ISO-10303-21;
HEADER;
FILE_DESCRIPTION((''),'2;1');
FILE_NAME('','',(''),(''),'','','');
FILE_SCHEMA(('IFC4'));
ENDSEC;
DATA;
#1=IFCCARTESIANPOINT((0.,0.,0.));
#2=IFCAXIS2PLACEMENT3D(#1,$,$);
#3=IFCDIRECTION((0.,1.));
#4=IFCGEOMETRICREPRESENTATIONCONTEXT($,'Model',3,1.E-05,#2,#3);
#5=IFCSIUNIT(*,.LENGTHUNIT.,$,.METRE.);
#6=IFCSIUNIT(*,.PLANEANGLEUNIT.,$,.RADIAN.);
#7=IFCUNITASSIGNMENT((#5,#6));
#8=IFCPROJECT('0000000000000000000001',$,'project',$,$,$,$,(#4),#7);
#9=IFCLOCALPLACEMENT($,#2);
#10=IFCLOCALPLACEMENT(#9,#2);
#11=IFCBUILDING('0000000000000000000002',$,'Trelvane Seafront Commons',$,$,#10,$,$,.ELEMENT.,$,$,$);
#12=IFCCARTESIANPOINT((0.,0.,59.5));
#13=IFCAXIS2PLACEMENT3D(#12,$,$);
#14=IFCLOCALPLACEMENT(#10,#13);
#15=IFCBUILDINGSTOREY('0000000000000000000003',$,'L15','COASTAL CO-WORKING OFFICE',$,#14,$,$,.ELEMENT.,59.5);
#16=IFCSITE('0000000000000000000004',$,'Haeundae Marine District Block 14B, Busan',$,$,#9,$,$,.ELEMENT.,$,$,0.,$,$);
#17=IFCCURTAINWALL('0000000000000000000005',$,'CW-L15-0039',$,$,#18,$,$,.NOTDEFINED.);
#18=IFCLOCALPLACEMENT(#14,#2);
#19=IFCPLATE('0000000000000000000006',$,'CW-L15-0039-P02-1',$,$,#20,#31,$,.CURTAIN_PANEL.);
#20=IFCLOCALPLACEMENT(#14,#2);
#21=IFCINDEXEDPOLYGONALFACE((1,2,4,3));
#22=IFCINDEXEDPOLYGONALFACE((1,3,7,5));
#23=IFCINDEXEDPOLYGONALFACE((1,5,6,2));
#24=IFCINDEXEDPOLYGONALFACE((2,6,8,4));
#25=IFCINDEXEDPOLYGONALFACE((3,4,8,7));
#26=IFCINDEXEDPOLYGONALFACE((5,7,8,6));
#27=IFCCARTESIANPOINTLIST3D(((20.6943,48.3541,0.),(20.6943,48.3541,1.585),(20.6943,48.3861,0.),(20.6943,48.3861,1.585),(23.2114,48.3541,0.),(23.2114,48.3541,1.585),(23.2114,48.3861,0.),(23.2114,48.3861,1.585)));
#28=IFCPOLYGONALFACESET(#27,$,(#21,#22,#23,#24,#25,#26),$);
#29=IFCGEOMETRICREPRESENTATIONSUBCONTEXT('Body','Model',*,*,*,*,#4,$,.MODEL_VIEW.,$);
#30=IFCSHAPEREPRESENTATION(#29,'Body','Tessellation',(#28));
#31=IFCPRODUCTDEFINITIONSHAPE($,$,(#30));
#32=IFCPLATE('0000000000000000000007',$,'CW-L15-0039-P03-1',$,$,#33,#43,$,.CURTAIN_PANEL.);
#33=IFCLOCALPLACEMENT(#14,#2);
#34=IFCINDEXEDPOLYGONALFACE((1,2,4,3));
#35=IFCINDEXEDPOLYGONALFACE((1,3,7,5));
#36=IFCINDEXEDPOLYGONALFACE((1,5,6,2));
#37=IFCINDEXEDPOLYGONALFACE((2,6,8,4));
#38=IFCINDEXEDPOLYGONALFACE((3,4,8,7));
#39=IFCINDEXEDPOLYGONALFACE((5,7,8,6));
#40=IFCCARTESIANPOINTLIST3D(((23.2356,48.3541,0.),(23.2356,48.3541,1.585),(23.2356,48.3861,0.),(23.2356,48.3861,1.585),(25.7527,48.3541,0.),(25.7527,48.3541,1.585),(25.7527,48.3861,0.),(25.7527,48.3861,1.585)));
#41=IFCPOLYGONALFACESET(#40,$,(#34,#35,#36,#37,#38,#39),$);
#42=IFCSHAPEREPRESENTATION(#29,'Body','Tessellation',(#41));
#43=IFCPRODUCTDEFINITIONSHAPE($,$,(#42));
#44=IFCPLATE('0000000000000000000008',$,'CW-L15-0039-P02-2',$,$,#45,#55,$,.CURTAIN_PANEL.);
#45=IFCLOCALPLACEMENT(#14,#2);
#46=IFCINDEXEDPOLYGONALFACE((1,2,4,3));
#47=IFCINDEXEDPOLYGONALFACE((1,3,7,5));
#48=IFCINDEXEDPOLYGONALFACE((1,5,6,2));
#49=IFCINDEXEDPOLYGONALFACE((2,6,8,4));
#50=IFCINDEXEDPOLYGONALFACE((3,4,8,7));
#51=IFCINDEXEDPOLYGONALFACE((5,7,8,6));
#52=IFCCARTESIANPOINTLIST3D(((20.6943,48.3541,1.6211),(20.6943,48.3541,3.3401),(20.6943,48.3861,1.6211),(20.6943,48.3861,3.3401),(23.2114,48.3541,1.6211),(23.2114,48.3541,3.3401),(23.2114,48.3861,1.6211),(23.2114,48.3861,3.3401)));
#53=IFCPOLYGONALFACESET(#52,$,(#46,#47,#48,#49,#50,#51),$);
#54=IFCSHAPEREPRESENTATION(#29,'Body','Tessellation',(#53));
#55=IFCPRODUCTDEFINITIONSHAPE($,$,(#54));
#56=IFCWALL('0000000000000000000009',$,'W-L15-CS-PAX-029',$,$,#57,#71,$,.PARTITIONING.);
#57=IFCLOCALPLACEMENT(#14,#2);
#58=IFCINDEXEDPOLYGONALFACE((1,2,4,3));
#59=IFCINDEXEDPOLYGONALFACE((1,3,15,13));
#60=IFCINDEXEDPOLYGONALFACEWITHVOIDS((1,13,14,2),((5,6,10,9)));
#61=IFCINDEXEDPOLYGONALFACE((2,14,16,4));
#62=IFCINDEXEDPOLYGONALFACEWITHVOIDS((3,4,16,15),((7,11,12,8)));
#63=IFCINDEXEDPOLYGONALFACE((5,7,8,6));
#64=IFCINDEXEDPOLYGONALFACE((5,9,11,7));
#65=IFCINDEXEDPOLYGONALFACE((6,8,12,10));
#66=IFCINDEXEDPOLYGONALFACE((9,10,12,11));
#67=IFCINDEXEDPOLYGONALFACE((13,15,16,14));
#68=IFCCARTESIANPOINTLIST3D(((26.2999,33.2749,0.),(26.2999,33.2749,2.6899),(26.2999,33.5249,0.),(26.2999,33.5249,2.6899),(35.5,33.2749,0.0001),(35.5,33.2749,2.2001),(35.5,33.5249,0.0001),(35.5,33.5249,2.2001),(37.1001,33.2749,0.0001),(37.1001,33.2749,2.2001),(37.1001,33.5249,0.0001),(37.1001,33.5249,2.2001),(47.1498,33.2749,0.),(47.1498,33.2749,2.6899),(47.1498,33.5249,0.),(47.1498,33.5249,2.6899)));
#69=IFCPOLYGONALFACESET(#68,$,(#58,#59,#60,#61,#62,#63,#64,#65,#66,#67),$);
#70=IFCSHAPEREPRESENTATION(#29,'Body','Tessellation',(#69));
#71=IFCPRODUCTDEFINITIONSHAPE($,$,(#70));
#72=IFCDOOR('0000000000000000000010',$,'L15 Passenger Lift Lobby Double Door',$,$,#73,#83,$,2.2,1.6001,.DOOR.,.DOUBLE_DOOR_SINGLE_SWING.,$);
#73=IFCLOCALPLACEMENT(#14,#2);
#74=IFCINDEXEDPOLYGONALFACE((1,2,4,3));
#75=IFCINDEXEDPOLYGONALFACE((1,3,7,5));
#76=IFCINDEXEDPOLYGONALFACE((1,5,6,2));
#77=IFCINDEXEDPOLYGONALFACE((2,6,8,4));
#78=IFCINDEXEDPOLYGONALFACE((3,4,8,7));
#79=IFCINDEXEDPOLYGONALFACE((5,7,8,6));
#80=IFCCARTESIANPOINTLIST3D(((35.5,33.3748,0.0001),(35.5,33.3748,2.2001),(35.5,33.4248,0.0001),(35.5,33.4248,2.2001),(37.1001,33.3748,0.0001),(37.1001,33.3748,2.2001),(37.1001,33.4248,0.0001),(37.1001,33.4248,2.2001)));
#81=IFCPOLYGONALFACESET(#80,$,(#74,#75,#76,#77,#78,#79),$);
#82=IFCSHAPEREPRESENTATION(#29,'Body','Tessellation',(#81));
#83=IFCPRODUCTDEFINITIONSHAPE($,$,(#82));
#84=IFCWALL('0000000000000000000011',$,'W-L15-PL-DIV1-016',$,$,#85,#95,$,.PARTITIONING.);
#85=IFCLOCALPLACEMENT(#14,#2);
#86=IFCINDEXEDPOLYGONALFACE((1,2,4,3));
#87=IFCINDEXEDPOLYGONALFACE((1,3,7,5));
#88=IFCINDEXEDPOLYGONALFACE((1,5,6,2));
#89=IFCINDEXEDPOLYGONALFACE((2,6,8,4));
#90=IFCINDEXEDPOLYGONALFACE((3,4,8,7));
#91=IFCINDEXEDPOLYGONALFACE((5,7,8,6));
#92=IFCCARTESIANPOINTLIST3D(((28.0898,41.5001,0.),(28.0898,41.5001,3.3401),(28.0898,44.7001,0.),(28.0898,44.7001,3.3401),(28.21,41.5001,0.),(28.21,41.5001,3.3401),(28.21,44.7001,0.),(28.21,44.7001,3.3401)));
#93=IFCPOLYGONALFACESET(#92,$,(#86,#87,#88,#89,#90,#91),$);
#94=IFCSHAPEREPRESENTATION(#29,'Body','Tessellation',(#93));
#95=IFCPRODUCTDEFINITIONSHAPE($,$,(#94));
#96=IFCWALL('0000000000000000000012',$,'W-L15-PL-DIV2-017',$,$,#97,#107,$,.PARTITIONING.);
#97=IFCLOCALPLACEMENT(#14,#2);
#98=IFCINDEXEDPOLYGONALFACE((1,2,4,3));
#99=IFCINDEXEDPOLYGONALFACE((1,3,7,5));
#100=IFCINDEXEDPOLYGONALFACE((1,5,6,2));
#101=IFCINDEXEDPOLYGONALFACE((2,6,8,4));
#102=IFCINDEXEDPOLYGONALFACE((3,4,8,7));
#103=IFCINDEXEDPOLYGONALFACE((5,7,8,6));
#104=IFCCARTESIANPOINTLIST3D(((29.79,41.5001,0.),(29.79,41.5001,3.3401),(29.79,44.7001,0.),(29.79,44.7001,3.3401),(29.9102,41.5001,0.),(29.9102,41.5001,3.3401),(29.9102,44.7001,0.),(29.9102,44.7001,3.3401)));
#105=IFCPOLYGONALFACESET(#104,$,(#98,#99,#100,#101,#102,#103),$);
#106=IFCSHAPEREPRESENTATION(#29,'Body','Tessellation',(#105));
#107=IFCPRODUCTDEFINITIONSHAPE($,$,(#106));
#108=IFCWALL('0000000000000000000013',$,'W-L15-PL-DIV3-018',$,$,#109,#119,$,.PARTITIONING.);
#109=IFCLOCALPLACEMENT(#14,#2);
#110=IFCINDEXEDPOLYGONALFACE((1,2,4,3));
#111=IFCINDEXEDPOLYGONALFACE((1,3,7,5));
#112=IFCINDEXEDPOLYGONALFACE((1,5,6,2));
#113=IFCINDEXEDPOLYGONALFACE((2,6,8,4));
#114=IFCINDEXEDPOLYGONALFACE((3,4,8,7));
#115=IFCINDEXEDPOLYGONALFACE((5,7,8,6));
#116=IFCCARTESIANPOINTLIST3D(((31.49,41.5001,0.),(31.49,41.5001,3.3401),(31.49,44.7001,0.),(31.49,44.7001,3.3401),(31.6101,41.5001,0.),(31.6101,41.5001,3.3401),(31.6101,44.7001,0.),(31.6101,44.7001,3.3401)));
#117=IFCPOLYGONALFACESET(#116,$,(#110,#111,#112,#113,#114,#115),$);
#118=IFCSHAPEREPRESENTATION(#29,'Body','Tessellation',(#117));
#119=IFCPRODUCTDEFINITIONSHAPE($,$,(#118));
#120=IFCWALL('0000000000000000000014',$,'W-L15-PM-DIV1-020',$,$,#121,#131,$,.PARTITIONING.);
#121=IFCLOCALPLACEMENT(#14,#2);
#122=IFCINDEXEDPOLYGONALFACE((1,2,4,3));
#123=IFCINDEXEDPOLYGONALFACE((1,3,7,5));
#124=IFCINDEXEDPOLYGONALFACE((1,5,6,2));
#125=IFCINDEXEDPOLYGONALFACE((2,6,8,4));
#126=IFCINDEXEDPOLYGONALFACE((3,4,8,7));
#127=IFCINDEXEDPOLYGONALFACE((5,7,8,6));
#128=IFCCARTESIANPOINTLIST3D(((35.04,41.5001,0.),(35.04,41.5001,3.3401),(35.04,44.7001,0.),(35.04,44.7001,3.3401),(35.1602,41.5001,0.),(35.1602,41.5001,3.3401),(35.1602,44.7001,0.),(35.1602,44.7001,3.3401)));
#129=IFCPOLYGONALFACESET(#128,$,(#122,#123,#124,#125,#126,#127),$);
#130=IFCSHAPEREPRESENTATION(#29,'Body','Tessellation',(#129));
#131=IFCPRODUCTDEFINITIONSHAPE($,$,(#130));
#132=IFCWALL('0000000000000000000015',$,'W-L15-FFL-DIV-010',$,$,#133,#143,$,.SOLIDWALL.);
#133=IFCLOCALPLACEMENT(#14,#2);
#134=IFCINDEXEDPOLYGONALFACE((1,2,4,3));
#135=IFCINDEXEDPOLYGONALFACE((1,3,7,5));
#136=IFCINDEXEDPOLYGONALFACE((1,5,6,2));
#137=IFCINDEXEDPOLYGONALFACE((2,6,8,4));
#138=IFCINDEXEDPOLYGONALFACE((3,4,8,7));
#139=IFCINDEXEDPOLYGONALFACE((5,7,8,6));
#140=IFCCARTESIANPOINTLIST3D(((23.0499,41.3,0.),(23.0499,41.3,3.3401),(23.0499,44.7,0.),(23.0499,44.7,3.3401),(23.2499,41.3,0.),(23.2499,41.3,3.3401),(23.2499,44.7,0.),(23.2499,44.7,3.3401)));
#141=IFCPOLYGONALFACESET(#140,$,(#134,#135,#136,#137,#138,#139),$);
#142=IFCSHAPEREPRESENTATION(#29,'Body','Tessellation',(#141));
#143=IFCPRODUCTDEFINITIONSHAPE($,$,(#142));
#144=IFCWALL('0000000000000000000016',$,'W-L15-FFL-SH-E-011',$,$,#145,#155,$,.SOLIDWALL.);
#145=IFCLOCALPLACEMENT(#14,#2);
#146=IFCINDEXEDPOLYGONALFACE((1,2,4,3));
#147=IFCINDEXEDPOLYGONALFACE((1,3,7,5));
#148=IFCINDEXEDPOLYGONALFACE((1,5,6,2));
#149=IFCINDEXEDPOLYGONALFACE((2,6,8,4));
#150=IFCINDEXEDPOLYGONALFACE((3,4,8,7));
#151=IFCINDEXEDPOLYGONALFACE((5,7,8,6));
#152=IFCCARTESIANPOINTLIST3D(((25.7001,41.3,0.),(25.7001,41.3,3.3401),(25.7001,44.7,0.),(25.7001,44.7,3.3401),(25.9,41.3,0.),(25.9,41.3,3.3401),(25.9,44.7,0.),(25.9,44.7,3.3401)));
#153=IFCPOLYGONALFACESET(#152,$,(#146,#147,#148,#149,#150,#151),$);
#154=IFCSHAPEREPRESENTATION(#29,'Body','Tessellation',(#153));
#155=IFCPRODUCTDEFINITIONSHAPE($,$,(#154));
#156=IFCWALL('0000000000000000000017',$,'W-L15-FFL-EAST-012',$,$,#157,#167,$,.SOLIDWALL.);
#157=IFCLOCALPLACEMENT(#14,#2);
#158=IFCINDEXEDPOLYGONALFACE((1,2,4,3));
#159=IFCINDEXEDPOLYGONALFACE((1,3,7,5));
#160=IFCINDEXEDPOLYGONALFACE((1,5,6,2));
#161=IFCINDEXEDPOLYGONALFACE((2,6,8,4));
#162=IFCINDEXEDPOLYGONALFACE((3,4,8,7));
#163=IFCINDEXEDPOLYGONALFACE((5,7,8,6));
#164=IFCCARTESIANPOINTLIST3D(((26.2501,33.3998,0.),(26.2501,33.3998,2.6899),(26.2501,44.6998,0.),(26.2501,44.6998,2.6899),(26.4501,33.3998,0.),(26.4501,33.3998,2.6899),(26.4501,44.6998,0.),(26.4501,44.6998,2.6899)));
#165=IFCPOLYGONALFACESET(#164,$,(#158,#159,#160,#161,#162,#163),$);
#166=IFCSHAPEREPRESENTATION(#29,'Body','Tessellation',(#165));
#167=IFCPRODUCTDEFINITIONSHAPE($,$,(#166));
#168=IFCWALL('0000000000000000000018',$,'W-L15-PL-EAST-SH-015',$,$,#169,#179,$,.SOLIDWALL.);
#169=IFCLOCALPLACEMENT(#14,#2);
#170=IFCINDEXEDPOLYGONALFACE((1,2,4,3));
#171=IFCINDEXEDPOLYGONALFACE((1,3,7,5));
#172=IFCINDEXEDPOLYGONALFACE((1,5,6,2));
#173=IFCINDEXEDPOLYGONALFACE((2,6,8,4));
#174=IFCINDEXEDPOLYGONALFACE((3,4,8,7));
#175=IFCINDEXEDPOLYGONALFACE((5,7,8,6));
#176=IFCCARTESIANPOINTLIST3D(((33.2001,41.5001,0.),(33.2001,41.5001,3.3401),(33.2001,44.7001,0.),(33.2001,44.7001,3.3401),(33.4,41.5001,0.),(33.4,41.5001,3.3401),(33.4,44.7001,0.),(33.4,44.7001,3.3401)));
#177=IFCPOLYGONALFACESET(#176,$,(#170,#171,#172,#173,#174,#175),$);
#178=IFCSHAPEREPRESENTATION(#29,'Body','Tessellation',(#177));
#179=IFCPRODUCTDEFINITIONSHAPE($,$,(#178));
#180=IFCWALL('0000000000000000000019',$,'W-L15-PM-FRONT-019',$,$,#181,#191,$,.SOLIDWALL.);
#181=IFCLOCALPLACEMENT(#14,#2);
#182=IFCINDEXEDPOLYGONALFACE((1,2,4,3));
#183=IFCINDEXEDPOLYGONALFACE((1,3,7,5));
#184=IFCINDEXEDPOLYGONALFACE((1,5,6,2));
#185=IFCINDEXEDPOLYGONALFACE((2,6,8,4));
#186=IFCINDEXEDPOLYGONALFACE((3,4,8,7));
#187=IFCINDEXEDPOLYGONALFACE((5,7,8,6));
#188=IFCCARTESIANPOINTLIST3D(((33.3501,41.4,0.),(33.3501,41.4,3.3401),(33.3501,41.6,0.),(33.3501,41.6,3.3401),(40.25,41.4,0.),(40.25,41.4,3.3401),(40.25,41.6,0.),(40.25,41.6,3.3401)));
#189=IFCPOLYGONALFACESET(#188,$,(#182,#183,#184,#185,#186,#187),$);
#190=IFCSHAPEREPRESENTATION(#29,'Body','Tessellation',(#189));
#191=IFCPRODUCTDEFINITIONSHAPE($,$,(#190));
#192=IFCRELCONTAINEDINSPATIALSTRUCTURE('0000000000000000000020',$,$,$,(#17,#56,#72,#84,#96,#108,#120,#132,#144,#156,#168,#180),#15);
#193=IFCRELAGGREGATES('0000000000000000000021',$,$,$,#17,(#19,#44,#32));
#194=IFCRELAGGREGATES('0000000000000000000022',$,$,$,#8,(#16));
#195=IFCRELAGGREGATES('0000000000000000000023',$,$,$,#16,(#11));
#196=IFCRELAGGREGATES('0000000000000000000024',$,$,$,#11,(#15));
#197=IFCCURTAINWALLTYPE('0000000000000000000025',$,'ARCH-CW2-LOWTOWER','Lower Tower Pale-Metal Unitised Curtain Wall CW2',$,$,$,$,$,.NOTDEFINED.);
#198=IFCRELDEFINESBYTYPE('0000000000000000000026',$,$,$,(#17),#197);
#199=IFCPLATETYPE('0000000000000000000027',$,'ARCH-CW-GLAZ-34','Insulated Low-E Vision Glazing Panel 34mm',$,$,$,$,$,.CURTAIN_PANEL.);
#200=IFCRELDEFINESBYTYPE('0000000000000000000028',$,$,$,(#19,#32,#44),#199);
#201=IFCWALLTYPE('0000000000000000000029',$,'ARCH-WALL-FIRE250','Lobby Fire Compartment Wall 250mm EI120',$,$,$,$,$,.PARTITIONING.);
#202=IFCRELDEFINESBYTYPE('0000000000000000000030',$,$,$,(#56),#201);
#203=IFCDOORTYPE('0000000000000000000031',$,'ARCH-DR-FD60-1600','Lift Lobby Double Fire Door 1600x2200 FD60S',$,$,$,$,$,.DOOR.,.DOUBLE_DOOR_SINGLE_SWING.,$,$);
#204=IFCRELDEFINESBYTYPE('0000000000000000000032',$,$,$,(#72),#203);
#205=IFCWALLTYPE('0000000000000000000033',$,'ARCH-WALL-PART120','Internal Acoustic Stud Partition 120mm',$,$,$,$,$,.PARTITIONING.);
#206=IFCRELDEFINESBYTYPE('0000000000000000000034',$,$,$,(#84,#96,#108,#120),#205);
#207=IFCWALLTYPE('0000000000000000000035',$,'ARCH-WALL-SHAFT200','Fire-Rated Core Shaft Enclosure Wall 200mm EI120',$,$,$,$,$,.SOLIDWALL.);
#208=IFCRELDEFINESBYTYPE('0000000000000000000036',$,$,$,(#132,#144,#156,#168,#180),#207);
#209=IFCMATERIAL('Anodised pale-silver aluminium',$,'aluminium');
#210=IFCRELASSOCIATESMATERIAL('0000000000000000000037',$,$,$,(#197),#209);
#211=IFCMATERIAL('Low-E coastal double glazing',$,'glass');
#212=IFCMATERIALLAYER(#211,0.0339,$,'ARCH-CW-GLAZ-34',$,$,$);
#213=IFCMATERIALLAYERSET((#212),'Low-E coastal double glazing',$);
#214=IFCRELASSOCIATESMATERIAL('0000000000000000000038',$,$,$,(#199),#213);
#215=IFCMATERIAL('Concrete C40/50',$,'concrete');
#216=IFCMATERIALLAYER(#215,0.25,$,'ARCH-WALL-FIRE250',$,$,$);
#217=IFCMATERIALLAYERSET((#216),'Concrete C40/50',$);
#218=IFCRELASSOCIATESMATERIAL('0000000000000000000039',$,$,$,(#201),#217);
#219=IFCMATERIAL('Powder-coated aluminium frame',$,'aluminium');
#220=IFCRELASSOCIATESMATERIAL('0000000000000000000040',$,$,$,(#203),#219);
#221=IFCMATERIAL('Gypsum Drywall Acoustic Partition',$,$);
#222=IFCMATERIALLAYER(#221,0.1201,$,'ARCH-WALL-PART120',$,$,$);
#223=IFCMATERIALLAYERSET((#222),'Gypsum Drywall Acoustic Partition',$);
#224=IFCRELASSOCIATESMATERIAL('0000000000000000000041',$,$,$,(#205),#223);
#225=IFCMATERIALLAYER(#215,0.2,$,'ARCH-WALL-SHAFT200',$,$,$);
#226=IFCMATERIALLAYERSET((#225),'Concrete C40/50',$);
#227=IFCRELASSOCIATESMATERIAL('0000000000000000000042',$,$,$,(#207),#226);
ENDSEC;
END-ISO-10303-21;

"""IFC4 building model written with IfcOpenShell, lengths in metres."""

from ifc_helpers import new_model, si_unit, direction, frame, frame_2d, origin, origin_2d, place, context, subcontext, project, spatial, rectangle, extrude, source, transform, mapped, material, layer, layer_set, type_object, element, fill, aggregate, save


model = new_model("IFC4")

# Units and contexts
model_context = context("Model", 3, precision=1e-05, world=origin(), true_north=direction((0.0, 1.0)))
body_context = subcontext(model_context, "Body", "Model", "MODEL_VIEW")
ifc_project = project(units=[si_unit("LENGTHUNIT", "METRE"), si_unit("PLANEANGLEUNIT", "RADIAN")], contexts=[model_context])

# Site, building, storey
site_placement = place(None, origin())
site = spatial("IfcSite", under=ifc_project, at=site_placement, Name="Haeundae Marine District Block 14B, Busan", CompositionType="ELEMENT", RefElevation=0.0)
building_placement = place(site_placement, origin())
building = spatial("IfcBuilding", under=site, at=building_placement, Name="Trelvane Seafront Commons", CompositionType="ELEMENT")
storey_placement = place(building_placement, frame((0.0, 0.0, 59.5)))
storey = spatial("IfcBuildingStorey", under=building, at=storey_placement, Name="L15", Description="COASTAL CO-WORKING OFFICE", CompositionType="ELEMENT", Elevation=59.5)

# Curtain wall, plates
ifc_material_1 = material(Name="Anodised pale-silver aluminium", Category="aluminium")
curtain_wall_type = type_object("IfcCurtainWallType", Name="ARCH-CW2-LOWTOWER", Description="Lower Tower Pale-Metal Unitised Curtain Wall CW2", PredefinedType="NOTDEFINED", material=ifc_material_1)
curtain_wall_placement = place(storey_placement, origin())
curtain_wall = element("IfcCurtainWall", 1, at=curtain_wall_placement, inside=storey, type_object=curtain_wall_type, Name="CW-L15-0039", PredefinedType="NOTDEFINED")
ifc_material_2 = material(Name="Low-E coastal double glazing", Category="glass")
ifc_layer_1 = layer(ifc_material_2, 0.0339, Name="ARCH-CW-GLAZ-34")
ifc_layer_set_1 = layer_set([ifc_layer_1], Name="Low-E coastal double glazing")
plate_type = type_object("IfcPlateType", Name="ARCH-CW-GLAZ-34", Description="Insulated Low-E Vision Glazing Panel 34mm", PredefinedType="CURTAIN_PANEL", material=ifc_layer_set_1)
shared_shape_1 = source(origin(), body_context, "Body", "SweptSolid", [
    extrude(rectangle(XDim=2.5171, YDim=0.032, at=origin_2d()), origin(), (0.0, 0.0, 1.0), 1.585),
])
plate_1_placement = place(storey_placement, frame((21.9529, 48.3701, 0.0), z_axis=(0.0, 0.0, 1.0), x_axis=(1.0, 0.0, 0.0)))
plate_1 = element("IfcPlate", 2, at=plate_1_placement, type_object=plate_type, Name="CW-L15-0039-P02-1", PredefinedType="CURTAIN_PANEL", context=body_context, shape_type="MappedRepresentation", body=[
    mapped(shared_shape_1, transform((0.0, 0.0, 0.0), x_axis=(1.0, 0.0, 0.0), y_axis=(0.0, 1.0, 0.0), z_axis=(0.0, 0.0, 1.0), scale=1.0)),
])
plate_2_placement = place(storey_placement, frame((24.4941, 48.3701, 0.0), z_axis=(0.0, 0.0, 1.0), x_axis=(1.0, 0.0, 0.0)))
plate_2 = element("IfcPlate", 3, at=plate_2_placement, type_object=plate_type, Name="CW-L15-0039-P03-1", PredefinedType="CURTAIN_PANEL", context=body_context, shape_type="MappedRepresentation", body=[
    mapped(shared_shape_1, transform((0.0, 0.0, 0.0), x_axis=(1.0, 0.0, 0.0), y_axis=(0.0, 1.0, 0.0), z_axis=(0.0, 0.0, 1.0), scale=1.0)),
])
shared_shape_2 = source(origin(), body_context, "Body", "SweptSolid", [
    extrude(rectangle(XDim=2.5171, YDim=0.032, at=origin_2d()), origin(), (0.0, 0.0, 1.0), 1.719),
])
plate_3_placement = place(storey_placement, frame((21.9529, 48.3701, 1.6211), z_axis=(0.0, 0.0, 1.0), x_axis=(1.0, 0.0, 0.0)))
plate_3 = element("IfcPlate", 4, at=plate_3_placement, type_object=plate_type, Name="CW-L15-0039-P02-2", PredefinedType="CURTAIN_PANEL", context=body_context, shape_type="MappedRepresentation", body=[
    mapped(shared_shape_2, transform((0.0, 0.0, 0.0), x_axis=(1.0, 0.0, 0.0), y_axis=(0.0, 1.0, 0.0), z_axis=(0.0, 0.0, 1.0), scale=1.0)),
])
aggregate(curtain_wall, [plate_1, plate_3, plate_2])

# Wall, opening, door
ifc_material_3 = material(Name="Concrete C40/50", Category="concrete")
ifc_layer_2 = layer(ifc_material_3, 0.25, Name="ARCH-WALL-FIRE250")
ifc_layer_set_2 = layer_set([ifc_layer_2], Name="Concrete C40/50")
wall_type_1 = type_object("IfcWallType", Name="ARCH-WALL-FIRE250", Description="Lobby Fire Compartment Wall 250mm EI120", PredefinedType="PARTITIONING", material=ifc_layer_set_2)
wall_1_placement = place(storey_placement, frame((26.3, 33.3999, 0.0), z_axis=(0.0, 0.0, 1.0), x_axis=(1.0, 0.0, 0.0)))
wall_1 = element("IfcWall", 5, at=wall_1_placement, inside=storey, type_object=wall_type_1, Name="W-L15-CS-PAX-029", PredefinedType="PARTITIONING", context=body_context, shape_type="SweptSolid", body=[
    extrude(rectangle(XDim=20.8499, YDim=0.25, at=frame_2d((10.4248, 0.0))), origin(), (0.0, 0.0, 1.0), 2.6899),
])
opening_1_placement = place(wall_1_placement, frame((9.2, 0.0, 0.0)))
opening_1 = element("IfcOpeningElement", 6, at=opening_1_placement, cuts=wall_1, PredefinedType="OPENING", context=body_context, shape_type="SweptSolid", body=[
    extrude(rectangle(XDim=1.6001, YDim=2.2, at=frame_2d((0.8, 1.1001))), frame((0.0, 0.135, 0.0), z_axis=(0.0, -1.0, 0.0), x_axis=(1.0, 0.0, 0.0)), (0.0, 0.0, 1.0), 0.27),
])
ifc_material_4 = material(Name="Powder-coated aluminium frame", Category="aluminium")
door_type_1 = type_object("IfcDoorType", Name="ARCH-DR-FD60-1600", Description="Lift Lobby Double Fire Door 1600x2200 FD60S", OperationType="DOUBLE_DOOR_SINGLE_SWING", PredefinedType="DOOR", material=ifc_material_4)
shared_shape_3 = source(origin(), body_context, "Body", "SweptSolid", [
    extrude(rectangle(XDim=1.6001, YDim=2.2, at=frame_2d((0.8, 1.1001))), frame((0.0, 0.0249, 0.0), z_axis=(0.0, -1.0, 0.0), x_axis=(1.0, 0.0, 0.0)), (0.0, 0.0, 1.0), 0.05),
])
door_1_placement = place(opening_1_placement, origin())
door_1 = element("IfcDoor", 7, at=door_1_placement, inside=storey, type_object=door_type_1, Name="L15 Passenger Lift Lobby Double Door", OperationType="DOUBLE_DOOR_SINGLE_SWING", OverallHeight=2.2, OverallWidth=1.6001, PredefinedType="DOOR", context=body_context, shape_type="MappedRepresentation", body=[
    mapped(shared_shape_3, transform((0.0, 0.0, 0.0), x_axis=(1.0, 0.0, 0.0), y_axis=(0.0, 1.0, 0.0), z_axis=(0.0, 0.0, 1.0), scale=1.0)),
])
fill(opening_1, door_1)

# Walls
ifc_material_5 = material(Name="Gypsum Drywall Acoustic Partition")
ifc_layer_3 = layer(ifc_material_5, 0.1201, Name="ARCH-WALL-PART120")
ifc_layer_set_3 = layer_set([ifc_layer_3], Name="Gypsum Drywall Acoustic Partition")
wall_type_2 = type_object("IfcWallType", Name="ARCH-WALL-PART120", Description="Internal Acoustic Stud Partition 120mm", PredefinedType="PARTITIONING", material=ifc_layer_set_3)
for number, where, z_axis, x_axis, name in (
    (8, (28.1499, 41.5, 0.0), (0.0, 0.0, 1.0), (0.0, 1.0, 0.0), "W-L15-PL-DIV1-016"),
    (9, (29.8501, 41.5, 0.0), (0.0, 0.0, 1.0), (0.0, 1.0, 0.0), "W-L15-PL-DIV2-017"),
    (10, (31.55, 41.5, 0.0), (0.0, 0.0, 1.0), (0.0, 1.0, 0.0), "W-L15-PL-DIV3-018"),
    (11, (35.1001, 41.5, 0.0), (0.0, 0.0, 1.0), (0.0, 1.0, 0.0), "W-L15-PM-DIV1-020"),
):
    element("IfcWall", number, at=place(storey_placement, frame(where, z_axis=z_axis, x_axis=x_axis)), inside=storey, type_object=wall_type_2, Name=name, PredefinedType="PARTITIONING", context=body_context, shape_type="SweptSolid", body=[
        extrude(rectangle(XDim=3.2, YDim=0.1201, at=frame_2d((1.6001, 0.0))), origin(), (0.0, 0.0, 1.0), 3.3401),
    ])
ifc_layer_4 = layer(ifc_material_3, 0.2, Name="ARCH-WALL-SHAFT200")
ifc_layer_set_4 = layer_set([ifc_layer_4], Name="Concrete C40/50")
wall_type_3 = type_object("IfcWallType", Name="ARCH-WALL-SHAFT200", Description="Fire-Rated Core Shaft Enclosure Wall 200mm EI120", PredefinedType="SOLIDWALL", material=ifc_layer_set_4)
for number, where, z_axis, x_axis, name in (
    (12, (23.1499, 41.3, 0.0), (0.0, 0.0, 1.0), (0.0, 1.0, 0.0), "W-L15-FFL-DIV-010"),
    (13, (25.8, 41.3, 0.0), (0.0, 0.0, 1.0), (0.0, 1.0, 0.0), "W-L15-FFL-SH-E-011"),
):
    element("IfcWall", number, at=place(storey_placement, frame(where, z_axis=z_axis, x_axis=x_axis)), inside=storey, type_object=wall_type_3, Name=name, PredefinedType="SOLIDWALL", context=body_context, shape_type="SweptSolid", body=[
        extrude(rectangle(XDim=3.3999, YDim=0.2, at=frame_2d((1.7, 0.0))), origin(), (0.0, 0.0, 1.0), 3.3401),
    ])
wall_2_placement = place(storey_placement, frame((26.3501, 33.3999, 0.0), z_axis=(0.0, 0.0, 1.0), x_axis=(0.0, 1.0, 0.0)))
element("IfcWall", 14, at=wall_2_placement, inside=storey, type_object=wall_type_3, Name="W-L15-FFL-EAST-012", PredefinedType="SOLIDWALL", context=body_context, shape_type="SweptSolid", body=[
    extrude(rectangle(XDim=11.3, YDim=0.2, at=frame_2d((5.6499, 0.0))), origin(), (0.0, 0.0, 1.0), 2.6899),
])

# Walls
wall_3_placement = place(storey_placement, frame((33.3, 41.5, 0.0), z_axis=(0.0, 0.0, 1.0), x_axis=(0.0, 1.0, 0.0)))
element("IfcWall", 15, at=wall_3_placement, inside=storey, type_object=wall_type_3, Name="W-L15-PL-EAST-SH-015", PredefinedType="SOLIDWALL", context=body_context, shape_type="SweptSolid", body=[
    extrude(rectangle(XDim=3.2, YDim=0.2, at=frame_2d((1.6001, 0.0))), origin(), (0.0, 0.0, 1.0), 3.3401),
])
wall_4_placement = place(storey_placement, frame((33.3501, 41.5, 0.0), z_axis=(0.0, 0.0, 1.0), x_axis=(1.0, 0.0, 0.0)))
element("IfcWall", 16, at=wall_4_placement, inside=storey, type_object=wall_type_3, Name="W-L15-PM-FRONT-019", PredefinedType="SOLIDWALL", context=body_context, shape_type="SweptSolid", body=[
    extrude(rectangle(XDim=6.8999, YDim=0.2, at=frame_2d((3.45, 0.0))), origin(), (0.0, 0.0, 1.0), 3.3401),
])

save(model, "model.ifc")
